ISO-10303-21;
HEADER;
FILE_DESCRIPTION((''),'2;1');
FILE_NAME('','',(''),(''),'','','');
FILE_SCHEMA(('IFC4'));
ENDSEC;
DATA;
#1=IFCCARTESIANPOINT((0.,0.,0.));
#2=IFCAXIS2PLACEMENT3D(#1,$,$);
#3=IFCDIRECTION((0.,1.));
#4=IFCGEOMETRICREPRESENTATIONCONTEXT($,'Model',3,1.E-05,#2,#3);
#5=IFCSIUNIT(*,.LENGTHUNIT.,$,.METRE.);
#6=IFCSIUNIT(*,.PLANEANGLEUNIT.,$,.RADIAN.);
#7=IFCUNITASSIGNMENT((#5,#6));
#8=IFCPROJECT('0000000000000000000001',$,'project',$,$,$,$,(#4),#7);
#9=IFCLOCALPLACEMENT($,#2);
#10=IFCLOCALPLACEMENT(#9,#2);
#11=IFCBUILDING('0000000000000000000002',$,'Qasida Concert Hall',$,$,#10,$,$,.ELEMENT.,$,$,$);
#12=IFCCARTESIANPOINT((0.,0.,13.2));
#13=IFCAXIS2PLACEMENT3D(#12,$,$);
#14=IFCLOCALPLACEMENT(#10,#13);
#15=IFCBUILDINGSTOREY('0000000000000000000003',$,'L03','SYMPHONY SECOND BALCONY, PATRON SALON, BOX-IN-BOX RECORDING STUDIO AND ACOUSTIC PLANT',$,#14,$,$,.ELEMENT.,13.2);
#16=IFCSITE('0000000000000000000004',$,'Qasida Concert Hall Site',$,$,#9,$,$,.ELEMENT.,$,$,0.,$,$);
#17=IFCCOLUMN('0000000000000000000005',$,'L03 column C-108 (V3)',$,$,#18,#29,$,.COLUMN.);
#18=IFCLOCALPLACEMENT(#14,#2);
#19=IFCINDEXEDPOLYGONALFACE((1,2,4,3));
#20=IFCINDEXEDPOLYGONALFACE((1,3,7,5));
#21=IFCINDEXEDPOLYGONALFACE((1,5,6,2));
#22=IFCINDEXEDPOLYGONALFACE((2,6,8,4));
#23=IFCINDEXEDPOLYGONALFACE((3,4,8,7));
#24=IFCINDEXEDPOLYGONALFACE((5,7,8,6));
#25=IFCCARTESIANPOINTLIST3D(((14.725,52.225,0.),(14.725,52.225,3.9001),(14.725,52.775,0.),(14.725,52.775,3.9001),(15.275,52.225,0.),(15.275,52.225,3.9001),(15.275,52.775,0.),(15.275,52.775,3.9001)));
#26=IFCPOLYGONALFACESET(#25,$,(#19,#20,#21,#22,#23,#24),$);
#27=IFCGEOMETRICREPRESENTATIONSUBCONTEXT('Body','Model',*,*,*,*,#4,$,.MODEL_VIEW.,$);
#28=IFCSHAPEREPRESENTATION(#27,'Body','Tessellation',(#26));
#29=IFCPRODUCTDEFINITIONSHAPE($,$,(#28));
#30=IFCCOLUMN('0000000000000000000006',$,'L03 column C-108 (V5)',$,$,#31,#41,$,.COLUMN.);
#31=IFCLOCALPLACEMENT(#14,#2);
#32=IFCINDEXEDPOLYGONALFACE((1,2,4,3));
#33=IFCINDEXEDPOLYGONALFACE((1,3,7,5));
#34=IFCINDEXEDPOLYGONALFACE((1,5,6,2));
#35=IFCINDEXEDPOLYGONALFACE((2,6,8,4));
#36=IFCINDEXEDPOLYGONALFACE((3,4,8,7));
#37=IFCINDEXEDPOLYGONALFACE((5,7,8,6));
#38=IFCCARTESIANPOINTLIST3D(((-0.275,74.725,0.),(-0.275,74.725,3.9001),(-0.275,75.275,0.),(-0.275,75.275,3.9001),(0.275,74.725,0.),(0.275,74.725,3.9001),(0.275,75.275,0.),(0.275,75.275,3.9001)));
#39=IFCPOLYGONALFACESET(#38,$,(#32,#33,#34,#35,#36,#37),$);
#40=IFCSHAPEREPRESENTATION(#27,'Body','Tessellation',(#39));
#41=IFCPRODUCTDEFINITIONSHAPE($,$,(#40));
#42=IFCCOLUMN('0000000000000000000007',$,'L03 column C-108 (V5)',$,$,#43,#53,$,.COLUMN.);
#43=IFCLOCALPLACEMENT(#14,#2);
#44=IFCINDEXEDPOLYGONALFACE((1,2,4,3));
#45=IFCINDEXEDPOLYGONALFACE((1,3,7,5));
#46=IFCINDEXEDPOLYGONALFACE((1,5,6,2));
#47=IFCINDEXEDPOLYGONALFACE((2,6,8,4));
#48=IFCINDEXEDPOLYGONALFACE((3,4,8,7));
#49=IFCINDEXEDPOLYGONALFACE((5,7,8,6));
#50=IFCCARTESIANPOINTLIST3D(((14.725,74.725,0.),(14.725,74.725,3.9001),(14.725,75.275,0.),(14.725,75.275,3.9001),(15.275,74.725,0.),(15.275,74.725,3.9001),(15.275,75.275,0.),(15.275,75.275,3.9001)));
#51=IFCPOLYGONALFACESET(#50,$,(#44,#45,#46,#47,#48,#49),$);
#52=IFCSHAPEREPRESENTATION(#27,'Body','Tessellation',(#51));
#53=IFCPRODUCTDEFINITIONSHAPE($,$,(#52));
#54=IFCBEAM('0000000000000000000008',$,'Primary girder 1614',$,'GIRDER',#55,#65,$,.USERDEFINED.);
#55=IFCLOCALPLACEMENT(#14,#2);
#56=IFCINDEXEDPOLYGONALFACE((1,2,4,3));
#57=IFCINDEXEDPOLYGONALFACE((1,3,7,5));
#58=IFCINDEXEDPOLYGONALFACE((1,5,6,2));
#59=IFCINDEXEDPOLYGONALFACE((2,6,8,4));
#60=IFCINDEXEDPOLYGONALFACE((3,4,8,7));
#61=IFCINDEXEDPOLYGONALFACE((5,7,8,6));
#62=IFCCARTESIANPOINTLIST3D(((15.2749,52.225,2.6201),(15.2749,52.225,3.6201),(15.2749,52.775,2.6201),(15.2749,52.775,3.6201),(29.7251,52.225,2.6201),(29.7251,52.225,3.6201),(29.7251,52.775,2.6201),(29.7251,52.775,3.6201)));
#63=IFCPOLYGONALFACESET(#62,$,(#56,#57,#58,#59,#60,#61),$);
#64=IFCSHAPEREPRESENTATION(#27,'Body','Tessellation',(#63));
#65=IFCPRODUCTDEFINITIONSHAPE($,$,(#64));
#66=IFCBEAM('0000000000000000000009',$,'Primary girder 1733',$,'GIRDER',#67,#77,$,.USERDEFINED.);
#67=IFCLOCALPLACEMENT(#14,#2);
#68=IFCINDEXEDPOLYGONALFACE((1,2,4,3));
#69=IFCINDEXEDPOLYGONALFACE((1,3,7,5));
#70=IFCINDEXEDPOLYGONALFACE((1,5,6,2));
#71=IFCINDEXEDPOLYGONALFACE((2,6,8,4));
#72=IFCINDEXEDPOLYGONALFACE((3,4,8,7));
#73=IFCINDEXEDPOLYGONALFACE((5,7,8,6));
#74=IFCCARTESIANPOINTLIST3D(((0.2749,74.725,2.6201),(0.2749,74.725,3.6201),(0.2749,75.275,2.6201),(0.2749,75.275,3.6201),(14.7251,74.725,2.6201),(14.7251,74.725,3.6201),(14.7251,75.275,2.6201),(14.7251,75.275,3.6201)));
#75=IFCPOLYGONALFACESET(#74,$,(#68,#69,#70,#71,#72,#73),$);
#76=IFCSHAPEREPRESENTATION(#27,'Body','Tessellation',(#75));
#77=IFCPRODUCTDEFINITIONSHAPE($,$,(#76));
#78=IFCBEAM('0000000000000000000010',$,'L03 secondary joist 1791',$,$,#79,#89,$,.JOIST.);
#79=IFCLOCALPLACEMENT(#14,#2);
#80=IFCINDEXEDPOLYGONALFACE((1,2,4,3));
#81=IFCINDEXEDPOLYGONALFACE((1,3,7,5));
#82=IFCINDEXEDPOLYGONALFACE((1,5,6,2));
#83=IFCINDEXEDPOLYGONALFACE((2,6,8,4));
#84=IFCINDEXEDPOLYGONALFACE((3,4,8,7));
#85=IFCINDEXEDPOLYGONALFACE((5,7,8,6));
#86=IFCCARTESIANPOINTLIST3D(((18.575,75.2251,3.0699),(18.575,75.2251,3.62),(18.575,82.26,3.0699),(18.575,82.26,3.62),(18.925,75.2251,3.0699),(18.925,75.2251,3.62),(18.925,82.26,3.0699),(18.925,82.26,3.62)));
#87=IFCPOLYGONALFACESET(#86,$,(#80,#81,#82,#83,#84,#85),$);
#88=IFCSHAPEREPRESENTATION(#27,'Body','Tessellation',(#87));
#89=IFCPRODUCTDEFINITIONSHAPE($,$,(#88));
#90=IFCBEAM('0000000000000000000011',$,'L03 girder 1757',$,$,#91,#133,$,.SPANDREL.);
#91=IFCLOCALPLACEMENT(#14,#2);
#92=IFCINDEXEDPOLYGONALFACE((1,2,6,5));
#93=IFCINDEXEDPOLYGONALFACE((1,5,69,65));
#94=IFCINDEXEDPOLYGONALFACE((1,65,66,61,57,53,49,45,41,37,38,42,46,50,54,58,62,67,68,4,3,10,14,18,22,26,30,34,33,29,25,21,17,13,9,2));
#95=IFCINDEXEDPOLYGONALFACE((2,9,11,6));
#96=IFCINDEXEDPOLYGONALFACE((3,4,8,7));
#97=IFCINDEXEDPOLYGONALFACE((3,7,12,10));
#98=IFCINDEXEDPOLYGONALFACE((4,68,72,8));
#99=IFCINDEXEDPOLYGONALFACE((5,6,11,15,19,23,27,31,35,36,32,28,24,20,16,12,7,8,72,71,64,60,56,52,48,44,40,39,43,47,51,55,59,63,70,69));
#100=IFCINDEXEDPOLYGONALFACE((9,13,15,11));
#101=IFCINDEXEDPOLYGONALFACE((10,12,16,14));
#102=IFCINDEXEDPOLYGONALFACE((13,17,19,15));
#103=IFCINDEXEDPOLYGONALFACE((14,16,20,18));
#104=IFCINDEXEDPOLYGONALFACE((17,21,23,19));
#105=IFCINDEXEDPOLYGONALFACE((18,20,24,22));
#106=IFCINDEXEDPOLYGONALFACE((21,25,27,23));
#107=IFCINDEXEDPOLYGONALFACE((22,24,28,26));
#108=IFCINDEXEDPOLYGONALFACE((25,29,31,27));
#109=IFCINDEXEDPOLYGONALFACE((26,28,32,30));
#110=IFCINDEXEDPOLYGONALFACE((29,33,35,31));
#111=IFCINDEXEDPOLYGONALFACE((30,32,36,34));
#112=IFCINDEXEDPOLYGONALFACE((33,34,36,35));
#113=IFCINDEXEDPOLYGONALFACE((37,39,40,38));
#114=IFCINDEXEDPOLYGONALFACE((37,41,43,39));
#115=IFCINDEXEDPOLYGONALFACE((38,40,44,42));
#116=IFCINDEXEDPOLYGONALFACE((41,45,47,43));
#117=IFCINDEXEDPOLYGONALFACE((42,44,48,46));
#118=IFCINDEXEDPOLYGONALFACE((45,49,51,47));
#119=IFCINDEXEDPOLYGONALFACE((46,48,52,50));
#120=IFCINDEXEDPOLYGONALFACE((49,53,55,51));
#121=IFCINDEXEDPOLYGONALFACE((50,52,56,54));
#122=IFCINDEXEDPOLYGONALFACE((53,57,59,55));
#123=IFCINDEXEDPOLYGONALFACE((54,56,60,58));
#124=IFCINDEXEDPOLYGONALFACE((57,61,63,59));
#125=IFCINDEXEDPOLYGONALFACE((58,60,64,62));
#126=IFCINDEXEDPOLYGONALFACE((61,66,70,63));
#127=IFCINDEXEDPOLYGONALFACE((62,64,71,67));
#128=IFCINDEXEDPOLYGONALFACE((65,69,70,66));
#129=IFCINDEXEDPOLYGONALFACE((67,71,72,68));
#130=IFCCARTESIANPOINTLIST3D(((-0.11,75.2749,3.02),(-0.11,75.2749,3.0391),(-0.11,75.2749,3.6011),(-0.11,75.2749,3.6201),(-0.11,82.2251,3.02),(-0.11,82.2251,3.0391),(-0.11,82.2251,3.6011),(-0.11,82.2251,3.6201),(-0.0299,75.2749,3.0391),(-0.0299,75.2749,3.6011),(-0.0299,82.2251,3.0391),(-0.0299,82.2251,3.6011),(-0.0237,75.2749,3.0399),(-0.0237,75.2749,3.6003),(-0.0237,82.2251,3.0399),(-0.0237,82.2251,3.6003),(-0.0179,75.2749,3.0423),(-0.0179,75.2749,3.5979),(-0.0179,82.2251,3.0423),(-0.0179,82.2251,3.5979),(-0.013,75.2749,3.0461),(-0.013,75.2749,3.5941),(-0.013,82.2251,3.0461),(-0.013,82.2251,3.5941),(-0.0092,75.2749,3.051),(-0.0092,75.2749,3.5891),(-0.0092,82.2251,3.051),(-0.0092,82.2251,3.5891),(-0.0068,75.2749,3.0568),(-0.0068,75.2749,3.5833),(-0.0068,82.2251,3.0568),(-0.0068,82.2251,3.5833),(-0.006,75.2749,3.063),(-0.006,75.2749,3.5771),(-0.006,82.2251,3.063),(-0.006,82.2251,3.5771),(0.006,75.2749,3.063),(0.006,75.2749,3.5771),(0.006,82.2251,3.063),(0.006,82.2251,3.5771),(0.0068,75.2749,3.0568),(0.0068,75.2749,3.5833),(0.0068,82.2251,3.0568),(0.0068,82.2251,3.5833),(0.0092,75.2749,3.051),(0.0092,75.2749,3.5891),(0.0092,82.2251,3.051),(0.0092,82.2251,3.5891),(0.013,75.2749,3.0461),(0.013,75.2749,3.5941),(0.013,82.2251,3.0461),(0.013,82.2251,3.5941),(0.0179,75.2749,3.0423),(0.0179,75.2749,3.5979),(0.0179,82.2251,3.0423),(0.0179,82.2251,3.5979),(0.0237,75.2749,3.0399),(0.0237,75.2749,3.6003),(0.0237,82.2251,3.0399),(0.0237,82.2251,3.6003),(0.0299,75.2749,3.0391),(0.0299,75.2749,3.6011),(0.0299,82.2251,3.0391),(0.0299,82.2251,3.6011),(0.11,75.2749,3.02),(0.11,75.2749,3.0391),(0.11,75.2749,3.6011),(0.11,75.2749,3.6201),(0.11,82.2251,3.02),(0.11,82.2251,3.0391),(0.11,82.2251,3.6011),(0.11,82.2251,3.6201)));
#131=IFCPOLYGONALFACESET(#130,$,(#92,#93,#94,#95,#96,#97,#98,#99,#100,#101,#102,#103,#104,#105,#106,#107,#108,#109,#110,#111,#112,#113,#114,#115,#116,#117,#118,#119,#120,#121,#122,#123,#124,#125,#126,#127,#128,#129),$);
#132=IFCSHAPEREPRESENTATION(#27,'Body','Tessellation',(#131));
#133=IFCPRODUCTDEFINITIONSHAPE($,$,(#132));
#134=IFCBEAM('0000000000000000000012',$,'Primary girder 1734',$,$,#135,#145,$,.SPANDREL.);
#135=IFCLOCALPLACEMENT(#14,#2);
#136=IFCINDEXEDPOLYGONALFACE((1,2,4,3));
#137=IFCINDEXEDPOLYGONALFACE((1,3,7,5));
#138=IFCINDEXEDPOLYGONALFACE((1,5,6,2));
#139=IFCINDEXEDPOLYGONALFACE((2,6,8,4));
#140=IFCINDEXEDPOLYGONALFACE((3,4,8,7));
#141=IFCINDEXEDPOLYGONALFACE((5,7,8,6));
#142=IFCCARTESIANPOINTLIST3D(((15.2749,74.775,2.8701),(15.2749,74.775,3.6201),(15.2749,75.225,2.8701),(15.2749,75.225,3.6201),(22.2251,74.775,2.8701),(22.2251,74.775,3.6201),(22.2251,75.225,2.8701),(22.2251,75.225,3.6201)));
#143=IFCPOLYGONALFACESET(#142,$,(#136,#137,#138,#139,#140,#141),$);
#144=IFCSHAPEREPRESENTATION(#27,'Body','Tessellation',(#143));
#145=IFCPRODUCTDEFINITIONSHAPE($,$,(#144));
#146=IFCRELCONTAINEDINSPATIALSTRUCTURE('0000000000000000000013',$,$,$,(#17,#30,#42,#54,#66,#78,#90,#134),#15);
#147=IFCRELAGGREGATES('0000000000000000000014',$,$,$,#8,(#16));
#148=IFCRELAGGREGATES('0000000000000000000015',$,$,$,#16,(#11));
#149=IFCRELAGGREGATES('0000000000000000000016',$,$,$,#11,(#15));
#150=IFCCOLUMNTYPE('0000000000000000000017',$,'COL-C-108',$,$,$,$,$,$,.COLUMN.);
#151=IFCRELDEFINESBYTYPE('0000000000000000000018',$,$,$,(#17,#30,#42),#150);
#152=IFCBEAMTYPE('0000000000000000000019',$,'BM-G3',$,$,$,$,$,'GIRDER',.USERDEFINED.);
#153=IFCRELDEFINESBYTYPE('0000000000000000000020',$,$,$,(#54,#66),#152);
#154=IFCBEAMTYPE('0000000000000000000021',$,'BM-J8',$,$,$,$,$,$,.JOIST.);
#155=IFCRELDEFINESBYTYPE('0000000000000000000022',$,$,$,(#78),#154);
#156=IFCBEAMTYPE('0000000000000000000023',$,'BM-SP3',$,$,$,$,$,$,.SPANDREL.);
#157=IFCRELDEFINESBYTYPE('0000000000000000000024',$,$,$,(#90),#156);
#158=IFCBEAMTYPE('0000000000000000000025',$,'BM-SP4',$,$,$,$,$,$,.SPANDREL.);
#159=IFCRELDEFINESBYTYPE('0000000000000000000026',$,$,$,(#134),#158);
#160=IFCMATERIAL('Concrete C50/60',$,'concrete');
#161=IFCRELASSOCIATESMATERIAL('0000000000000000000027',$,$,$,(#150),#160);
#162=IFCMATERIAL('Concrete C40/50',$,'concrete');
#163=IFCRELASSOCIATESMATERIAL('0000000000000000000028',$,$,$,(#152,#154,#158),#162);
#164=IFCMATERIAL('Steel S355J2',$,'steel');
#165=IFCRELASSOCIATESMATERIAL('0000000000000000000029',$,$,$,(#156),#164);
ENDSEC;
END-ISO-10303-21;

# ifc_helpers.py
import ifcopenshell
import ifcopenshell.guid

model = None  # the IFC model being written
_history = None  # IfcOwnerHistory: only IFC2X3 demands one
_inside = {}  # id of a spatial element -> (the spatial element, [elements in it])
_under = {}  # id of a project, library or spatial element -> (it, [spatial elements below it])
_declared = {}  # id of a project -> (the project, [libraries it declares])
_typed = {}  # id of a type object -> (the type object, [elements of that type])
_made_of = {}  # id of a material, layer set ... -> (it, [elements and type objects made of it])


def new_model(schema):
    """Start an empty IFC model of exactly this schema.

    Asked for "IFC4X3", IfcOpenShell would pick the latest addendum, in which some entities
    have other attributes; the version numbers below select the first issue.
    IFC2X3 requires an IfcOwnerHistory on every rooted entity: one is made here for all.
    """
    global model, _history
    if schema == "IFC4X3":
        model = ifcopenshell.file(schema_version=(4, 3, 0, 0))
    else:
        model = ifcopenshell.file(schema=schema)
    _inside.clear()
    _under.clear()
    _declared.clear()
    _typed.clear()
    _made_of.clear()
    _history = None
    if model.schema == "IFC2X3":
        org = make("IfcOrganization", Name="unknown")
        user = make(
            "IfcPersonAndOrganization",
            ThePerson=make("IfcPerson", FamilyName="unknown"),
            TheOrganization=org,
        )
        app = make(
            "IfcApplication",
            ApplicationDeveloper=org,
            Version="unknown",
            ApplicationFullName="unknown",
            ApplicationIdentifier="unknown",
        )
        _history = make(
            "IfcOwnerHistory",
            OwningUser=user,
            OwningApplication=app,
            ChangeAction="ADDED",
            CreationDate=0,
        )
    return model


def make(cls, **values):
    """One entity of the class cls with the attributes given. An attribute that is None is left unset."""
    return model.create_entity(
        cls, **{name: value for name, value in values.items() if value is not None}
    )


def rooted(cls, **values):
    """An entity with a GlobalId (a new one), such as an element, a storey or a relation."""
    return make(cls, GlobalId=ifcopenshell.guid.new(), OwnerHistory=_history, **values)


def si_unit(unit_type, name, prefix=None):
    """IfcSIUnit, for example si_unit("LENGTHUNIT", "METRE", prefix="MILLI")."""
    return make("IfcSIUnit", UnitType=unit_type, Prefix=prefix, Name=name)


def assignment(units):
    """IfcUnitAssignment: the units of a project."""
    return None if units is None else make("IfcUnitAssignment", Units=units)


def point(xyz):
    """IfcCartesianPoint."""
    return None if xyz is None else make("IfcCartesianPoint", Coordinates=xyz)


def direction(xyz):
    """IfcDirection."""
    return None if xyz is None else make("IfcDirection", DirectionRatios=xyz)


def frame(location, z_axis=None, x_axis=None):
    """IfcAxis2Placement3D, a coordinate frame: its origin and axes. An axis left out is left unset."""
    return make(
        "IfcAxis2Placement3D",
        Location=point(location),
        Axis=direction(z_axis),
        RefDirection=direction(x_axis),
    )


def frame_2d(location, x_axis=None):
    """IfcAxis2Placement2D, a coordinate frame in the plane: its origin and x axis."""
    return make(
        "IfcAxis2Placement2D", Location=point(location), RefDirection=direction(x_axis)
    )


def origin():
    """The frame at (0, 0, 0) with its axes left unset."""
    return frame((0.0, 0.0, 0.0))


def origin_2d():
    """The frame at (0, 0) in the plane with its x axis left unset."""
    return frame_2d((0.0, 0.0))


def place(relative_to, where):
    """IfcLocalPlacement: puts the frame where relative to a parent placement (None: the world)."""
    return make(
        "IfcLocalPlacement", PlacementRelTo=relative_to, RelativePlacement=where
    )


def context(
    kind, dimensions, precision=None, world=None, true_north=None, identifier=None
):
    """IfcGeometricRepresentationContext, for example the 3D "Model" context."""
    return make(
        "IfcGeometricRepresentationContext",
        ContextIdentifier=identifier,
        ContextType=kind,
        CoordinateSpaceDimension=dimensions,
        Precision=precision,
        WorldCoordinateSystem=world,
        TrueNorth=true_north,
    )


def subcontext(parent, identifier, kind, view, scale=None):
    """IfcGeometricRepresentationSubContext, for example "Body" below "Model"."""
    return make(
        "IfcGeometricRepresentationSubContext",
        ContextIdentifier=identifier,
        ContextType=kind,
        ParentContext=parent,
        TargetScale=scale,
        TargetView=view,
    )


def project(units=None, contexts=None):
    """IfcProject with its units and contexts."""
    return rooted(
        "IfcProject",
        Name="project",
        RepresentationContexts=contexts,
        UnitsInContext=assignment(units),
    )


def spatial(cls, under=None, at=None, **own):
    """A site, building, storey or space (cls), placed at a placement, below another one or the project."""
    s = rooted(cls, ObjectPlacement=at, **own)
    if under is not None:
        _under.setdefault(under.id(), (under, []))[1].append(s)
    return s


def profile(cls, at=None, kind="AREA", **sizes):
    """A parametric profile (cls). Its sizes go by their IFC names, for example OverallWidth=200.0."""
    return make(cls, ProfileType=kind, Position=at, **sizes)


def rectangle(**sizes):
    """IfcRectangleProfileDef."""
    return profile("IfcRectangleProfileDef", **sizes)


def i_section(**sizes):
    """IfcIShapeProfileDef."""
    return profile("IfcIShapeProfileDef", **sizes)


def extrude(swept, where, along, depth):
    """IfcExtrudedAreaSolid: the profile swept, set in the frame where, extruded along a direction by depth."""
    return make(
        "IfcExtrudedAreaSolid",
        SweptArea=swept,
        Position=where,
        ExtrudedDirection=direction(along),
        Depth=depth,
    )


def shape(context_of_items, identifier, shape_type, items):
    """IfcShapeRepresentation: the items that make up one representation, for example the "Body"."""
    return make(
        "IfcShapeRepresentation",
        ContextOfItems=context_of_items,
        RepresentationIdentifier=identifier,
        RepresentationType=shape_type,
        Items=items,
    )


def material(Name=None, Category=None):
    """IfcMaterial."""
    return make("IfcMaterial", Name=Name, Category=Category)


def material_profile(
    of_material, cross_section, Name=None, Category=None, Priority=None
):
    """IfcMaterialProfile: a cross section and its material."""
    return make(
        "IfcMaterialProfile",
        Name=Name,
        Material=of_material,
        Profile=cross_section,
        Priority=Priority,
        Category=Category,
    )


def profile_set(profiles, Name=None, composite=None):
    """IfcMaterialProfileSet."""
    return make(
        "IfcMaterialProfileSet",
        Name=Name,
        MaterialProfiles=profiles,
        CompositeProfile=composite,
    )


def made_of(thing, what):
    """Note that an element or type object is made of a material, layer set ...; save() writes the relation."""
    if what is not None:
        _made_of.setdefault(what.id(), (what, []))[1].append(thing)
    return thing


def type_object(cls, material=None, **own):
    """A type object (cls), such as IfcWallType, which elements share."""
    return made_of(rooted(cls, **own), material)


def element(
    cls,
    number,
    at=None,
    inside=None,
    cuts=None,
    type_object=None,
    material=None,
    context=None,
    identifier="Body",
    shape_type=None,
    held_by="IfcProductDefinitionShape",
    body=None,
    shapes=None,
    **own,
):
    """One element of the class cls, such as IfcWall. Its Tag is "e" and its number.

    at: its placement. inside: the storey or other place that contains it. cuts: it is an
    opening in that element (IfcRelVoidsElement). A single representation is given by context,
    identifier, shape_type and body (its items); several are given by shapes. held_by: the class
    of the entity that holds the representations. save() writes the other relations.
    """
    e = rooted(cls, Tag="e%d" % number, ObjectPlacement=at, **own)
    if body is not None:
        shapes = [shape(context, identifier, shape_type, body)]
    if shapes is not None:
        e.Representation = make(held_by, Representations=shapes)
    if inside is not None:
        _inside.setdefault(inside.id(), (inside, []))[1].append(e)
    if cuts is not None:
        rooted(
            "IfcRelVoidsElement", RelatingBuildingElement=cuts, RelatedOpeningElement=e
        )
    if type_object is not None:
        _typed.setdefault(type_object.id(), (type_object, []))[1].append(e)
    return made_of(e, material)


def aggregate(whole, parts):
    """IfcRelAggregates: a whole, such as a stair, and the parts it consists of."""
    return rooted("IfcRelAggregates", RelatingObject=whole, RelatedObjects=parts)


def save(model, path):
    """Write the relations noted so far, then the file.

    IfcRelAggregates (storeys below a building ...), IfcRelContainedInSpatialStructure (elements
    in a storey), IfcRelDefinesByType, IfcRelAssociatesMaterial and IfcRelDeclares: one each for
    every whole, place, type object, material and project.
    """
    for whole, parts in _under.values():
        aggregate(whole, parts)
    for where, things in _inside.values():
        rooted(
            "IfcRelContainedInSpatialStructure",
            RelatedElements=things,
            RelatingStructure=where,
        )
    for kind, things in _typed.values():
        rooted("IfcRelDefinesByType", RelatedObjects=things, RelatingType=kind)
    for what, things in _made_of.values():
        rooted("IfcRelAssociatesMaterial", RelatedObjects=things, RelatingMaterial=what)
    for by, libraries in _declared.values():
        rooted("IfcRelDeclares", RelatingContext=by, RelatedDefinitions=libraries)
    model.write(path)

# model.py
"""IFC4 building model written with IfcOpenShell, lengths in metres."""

from ifc_helpers import new_model, si_unit, direction, frame, origin, origin_2d, place, context, subcontext, project, spatial, rectangle, i_section, extrude, material, material_profile, profile_set, type_object, element, save


model = new_model("IFC4")

# Units and contexts
model_context = context("Model", 3, precision=1e-05, world=origin(), true_north=direction((0.0, 1.0)))
body_context = subcontext(model_context, "Body", "Model", "MODEL_VIEW")
ifc_project = project(units=[si_unit("LENGTHUNIT", "METRE"), si_unit("PLANEANGLEUNIT", "RADIAN")], contexts=[model_context])

# Site, building, storey
site_placement = place(None, origin())
site = spatial("IfcSite", under=ifc_project, at=site_placement, Name="Qasida Concert Hall Site", CompositionType="ELEMENT", RefElevation=0.0)
building_placement = place(site_placement, origin())
building = spatial("IfcBuilding", under=site, at=building_placement, Name="Qasida Concert Hall", CompositionType="ELEMENT")
storey_placement = place(building_placement, frame((0.0, 0.0, 13.2)))
storey = spatial("IfcBuildingStorey", under=building, at=storey_placement, Name="L03", Description="SYMPHONY SECOND BALCONY, PATRON SALON, BOX-IN-BOX RECORDING STUDIO AND ACOUSTIC PLANT", CompositionType="ELEMENT", Elevation=13.2)

# Columns
ifc_material_1 = material(Name="Concrete C50/60", Category="concrete")
ifc_material_profile_1 = material_profile(ifc_material_1, rectangle(XDim=0.55, YDim=0.55, at=origin_2d()), Name="RC 550x550")
ifc_profile_set_1 = profile_set([ifc_material_profile_1], Name="Concrete C50/60")
column_type = type_object("IfcColumnType", Name="COL-C-108", PredefinedType="COLUMN", material=ifc_profile_set_1)
for number, where, z_axis, x_axis, name in (
    (1, (15.0, 52.5, 0.0), (0.0, 0.0, 1.0), (1.0, 0.0, 0.0), "L03 column C-108 (V3)"),
    (2, (0.0, 75.0, 0.0), (0.0, 0.0, 1.0), (1.0, 0.0, 0.0), "L03 column C-108 (V5)"),
    (3, (15.0, 75.0, 0.0), (0.0, 0.0, 1.0), (1.0, 0.0, 0.0), "L03 column C-108 (V5)"),
):
    element("IfcColumn", number, at=place(storey_placement, frame(where, z_axis=z_axis, x_axis=x_axis)), inside=storey, type_object=column_type, Name=name, PredefinedType="COLUMN", context=body_context, shape_type="SweptSolid", body=[
        extrude(rectangle(XDim=0.55, YDim=0.55, at=origin_2d()), origin(), (0.0, 0.0, 1.0), 3.9001),
    ])

# Beams
ifc_material_2 = material(Name="Concrete C40/50", Category="concrete")
ifc_material_profile_2 = material_profile(ifc_material_2, rectangle(XDim=0.55, YDim=1.0, at=origin_2d()), Name="RC 550x1000")
ifc_profile_set_2 = profile_set([ifc_material_profile_2], Name="Concrete C40/50")
beam_type_1 = type_object("IfcBeamType", Name="BM-G3", ElementType="GIRDER", PredefinedType="USERDEFINED", material=ifc_profile_set_2)
for number, where, z_axis, x_axis, name in (
    (4, (15.2749, 52.5, 3.1201), (1.0, 0.0, 0.0), (0.0, 1.0, 0.0), "Primary girder 1614"),
    (5, (0.2749, 75.0, 3.1201), (1.0, 0.0, 0.0), (0.0, 1.0, 0.0), "Primary girder 1733"),
):
    element("IfcBeam", number, at=place(storey_placement, frame(where, z_axis=z_axis, x_axis=x_axis)), inside=storey, type_object=beam_type_1, Name=name, ObjectType="GIRDER", PredefinedType="USERDEFINED", context=body_context, shape_type="SweptSolid", body=[
        extrude(rectangle(XDim=0.55, YDim=1.0, at=origin_2d()), origin(), (0.0, 0.0, 1.0), 14.4502),
    ])
ifc_material_profile_3 = material_profile(ifc_material_2, rectangle(XDim=0.3501, YDim=0.55, at=origin_2d()), Name="RC 350x550")
ifc_profile_set_3 = profile_set([ifc_material_profile_3], Name="Concrete C40/50")
beam_type_2 = type_object("IfcBeamType", Name="BM-J8", PredefinedType="JOIST", material=ifc_profile_set_3)
beam_1_placement = place(storey_placement, frame((18.75, 75.2251, 3.345), z_axis=(0.0, 1.0, 0.0), x_axis=(-1.0, 0.0, 0.0)))
element("IfcBeam", 6, at=beam_1_placement, inside=storey, type_object=beam_type_2, Name="L03 secondary joist 1791", PredefinedType="JOIST", context=body_context, shape_type="SweptSolid", body=[
    extrude(rectangle(XDim=0.3501, YDim=0.55, at=origin_2d()), origin(), (0.0, 0.0, 1.0), 7.0349),
])
ifc_material_3 = material(Name="Steel S355J2", Category="steel")
ifc_material_profile_4 = material_profile(ifc_material_3, i_section(OverallWidth=0.22, OverallDepth=0.6001, WebThickness=0.012, FlangeThickness=0.019, FilletRadius=0.0239, at=origin_2d()), Name="IPE 600")
ifc_profile_set_4 = profile_set([ifc_material_profile_4], Name="Steel S355J2")
beam_type_3 = type_object("IfcBeamType", Name="BM-SP3", PredefinedType="SPANDREL", material=ifc_profile_set_4)
beam_2_placement = place(storey_placement, frame((0.0, 75.2749, 3.3201), z_axis=(0.0, 1.0, 0.0), x_axis=(-1.0, 0.0, 0.0)))
element("IfcBeam", 7, at=beam_2_placement, inside=storey, type_object=beam_type_3, Name="L03 girder 1757", PredefinedType="SPANDREL", context=body_context, shape_type="SweptSolid", body=[
    extrude(i_section(OverallWidth=0.22, OverallDepth=0.6001, WebThickness=0.012, FlangeThickness=0.019, FilletRadius=0.0239, at=origin_2d()), origin(), (0.0, 0.0, 1.0), 6.9502),
])
ifc_material_profile_5 = material_profile(ifc_material_2, rectangle(XDim=0.45, YDim=0.75, at=origin_2d()), Name="RC 450x750")
ifc_profile_set_5 = profile_set([ifc_material_profile_5], Name="Concrete C40/50")
beam_type_4 = type_object("IfcBeamType", Name="BM-SP4", PredefinedType="SPANDREL", material=ifc_profile_set_5)
beam_3_placement = place(storey_placement, frame((15.2749, 75.0, 3.2451), z_axis=(1.0, 0.0, 0.0), x_axis=(0.0, 1.0, 0.0)))
element("IfcBeam", 8, at=beam_3_placement, inside=storey, type_object=beam_type_4, Name="Primary girder 1734", PredefinedType="SPANDREL", context=body_context, shape_type="SweptSolid", body=[
    extrude(rectangle(XDim=0.45, YDim=0.75, at=origin_2d()), origin(), (0.0, 0.0, 1.0), 6.9502),
])

save(model, "model.ifc")
